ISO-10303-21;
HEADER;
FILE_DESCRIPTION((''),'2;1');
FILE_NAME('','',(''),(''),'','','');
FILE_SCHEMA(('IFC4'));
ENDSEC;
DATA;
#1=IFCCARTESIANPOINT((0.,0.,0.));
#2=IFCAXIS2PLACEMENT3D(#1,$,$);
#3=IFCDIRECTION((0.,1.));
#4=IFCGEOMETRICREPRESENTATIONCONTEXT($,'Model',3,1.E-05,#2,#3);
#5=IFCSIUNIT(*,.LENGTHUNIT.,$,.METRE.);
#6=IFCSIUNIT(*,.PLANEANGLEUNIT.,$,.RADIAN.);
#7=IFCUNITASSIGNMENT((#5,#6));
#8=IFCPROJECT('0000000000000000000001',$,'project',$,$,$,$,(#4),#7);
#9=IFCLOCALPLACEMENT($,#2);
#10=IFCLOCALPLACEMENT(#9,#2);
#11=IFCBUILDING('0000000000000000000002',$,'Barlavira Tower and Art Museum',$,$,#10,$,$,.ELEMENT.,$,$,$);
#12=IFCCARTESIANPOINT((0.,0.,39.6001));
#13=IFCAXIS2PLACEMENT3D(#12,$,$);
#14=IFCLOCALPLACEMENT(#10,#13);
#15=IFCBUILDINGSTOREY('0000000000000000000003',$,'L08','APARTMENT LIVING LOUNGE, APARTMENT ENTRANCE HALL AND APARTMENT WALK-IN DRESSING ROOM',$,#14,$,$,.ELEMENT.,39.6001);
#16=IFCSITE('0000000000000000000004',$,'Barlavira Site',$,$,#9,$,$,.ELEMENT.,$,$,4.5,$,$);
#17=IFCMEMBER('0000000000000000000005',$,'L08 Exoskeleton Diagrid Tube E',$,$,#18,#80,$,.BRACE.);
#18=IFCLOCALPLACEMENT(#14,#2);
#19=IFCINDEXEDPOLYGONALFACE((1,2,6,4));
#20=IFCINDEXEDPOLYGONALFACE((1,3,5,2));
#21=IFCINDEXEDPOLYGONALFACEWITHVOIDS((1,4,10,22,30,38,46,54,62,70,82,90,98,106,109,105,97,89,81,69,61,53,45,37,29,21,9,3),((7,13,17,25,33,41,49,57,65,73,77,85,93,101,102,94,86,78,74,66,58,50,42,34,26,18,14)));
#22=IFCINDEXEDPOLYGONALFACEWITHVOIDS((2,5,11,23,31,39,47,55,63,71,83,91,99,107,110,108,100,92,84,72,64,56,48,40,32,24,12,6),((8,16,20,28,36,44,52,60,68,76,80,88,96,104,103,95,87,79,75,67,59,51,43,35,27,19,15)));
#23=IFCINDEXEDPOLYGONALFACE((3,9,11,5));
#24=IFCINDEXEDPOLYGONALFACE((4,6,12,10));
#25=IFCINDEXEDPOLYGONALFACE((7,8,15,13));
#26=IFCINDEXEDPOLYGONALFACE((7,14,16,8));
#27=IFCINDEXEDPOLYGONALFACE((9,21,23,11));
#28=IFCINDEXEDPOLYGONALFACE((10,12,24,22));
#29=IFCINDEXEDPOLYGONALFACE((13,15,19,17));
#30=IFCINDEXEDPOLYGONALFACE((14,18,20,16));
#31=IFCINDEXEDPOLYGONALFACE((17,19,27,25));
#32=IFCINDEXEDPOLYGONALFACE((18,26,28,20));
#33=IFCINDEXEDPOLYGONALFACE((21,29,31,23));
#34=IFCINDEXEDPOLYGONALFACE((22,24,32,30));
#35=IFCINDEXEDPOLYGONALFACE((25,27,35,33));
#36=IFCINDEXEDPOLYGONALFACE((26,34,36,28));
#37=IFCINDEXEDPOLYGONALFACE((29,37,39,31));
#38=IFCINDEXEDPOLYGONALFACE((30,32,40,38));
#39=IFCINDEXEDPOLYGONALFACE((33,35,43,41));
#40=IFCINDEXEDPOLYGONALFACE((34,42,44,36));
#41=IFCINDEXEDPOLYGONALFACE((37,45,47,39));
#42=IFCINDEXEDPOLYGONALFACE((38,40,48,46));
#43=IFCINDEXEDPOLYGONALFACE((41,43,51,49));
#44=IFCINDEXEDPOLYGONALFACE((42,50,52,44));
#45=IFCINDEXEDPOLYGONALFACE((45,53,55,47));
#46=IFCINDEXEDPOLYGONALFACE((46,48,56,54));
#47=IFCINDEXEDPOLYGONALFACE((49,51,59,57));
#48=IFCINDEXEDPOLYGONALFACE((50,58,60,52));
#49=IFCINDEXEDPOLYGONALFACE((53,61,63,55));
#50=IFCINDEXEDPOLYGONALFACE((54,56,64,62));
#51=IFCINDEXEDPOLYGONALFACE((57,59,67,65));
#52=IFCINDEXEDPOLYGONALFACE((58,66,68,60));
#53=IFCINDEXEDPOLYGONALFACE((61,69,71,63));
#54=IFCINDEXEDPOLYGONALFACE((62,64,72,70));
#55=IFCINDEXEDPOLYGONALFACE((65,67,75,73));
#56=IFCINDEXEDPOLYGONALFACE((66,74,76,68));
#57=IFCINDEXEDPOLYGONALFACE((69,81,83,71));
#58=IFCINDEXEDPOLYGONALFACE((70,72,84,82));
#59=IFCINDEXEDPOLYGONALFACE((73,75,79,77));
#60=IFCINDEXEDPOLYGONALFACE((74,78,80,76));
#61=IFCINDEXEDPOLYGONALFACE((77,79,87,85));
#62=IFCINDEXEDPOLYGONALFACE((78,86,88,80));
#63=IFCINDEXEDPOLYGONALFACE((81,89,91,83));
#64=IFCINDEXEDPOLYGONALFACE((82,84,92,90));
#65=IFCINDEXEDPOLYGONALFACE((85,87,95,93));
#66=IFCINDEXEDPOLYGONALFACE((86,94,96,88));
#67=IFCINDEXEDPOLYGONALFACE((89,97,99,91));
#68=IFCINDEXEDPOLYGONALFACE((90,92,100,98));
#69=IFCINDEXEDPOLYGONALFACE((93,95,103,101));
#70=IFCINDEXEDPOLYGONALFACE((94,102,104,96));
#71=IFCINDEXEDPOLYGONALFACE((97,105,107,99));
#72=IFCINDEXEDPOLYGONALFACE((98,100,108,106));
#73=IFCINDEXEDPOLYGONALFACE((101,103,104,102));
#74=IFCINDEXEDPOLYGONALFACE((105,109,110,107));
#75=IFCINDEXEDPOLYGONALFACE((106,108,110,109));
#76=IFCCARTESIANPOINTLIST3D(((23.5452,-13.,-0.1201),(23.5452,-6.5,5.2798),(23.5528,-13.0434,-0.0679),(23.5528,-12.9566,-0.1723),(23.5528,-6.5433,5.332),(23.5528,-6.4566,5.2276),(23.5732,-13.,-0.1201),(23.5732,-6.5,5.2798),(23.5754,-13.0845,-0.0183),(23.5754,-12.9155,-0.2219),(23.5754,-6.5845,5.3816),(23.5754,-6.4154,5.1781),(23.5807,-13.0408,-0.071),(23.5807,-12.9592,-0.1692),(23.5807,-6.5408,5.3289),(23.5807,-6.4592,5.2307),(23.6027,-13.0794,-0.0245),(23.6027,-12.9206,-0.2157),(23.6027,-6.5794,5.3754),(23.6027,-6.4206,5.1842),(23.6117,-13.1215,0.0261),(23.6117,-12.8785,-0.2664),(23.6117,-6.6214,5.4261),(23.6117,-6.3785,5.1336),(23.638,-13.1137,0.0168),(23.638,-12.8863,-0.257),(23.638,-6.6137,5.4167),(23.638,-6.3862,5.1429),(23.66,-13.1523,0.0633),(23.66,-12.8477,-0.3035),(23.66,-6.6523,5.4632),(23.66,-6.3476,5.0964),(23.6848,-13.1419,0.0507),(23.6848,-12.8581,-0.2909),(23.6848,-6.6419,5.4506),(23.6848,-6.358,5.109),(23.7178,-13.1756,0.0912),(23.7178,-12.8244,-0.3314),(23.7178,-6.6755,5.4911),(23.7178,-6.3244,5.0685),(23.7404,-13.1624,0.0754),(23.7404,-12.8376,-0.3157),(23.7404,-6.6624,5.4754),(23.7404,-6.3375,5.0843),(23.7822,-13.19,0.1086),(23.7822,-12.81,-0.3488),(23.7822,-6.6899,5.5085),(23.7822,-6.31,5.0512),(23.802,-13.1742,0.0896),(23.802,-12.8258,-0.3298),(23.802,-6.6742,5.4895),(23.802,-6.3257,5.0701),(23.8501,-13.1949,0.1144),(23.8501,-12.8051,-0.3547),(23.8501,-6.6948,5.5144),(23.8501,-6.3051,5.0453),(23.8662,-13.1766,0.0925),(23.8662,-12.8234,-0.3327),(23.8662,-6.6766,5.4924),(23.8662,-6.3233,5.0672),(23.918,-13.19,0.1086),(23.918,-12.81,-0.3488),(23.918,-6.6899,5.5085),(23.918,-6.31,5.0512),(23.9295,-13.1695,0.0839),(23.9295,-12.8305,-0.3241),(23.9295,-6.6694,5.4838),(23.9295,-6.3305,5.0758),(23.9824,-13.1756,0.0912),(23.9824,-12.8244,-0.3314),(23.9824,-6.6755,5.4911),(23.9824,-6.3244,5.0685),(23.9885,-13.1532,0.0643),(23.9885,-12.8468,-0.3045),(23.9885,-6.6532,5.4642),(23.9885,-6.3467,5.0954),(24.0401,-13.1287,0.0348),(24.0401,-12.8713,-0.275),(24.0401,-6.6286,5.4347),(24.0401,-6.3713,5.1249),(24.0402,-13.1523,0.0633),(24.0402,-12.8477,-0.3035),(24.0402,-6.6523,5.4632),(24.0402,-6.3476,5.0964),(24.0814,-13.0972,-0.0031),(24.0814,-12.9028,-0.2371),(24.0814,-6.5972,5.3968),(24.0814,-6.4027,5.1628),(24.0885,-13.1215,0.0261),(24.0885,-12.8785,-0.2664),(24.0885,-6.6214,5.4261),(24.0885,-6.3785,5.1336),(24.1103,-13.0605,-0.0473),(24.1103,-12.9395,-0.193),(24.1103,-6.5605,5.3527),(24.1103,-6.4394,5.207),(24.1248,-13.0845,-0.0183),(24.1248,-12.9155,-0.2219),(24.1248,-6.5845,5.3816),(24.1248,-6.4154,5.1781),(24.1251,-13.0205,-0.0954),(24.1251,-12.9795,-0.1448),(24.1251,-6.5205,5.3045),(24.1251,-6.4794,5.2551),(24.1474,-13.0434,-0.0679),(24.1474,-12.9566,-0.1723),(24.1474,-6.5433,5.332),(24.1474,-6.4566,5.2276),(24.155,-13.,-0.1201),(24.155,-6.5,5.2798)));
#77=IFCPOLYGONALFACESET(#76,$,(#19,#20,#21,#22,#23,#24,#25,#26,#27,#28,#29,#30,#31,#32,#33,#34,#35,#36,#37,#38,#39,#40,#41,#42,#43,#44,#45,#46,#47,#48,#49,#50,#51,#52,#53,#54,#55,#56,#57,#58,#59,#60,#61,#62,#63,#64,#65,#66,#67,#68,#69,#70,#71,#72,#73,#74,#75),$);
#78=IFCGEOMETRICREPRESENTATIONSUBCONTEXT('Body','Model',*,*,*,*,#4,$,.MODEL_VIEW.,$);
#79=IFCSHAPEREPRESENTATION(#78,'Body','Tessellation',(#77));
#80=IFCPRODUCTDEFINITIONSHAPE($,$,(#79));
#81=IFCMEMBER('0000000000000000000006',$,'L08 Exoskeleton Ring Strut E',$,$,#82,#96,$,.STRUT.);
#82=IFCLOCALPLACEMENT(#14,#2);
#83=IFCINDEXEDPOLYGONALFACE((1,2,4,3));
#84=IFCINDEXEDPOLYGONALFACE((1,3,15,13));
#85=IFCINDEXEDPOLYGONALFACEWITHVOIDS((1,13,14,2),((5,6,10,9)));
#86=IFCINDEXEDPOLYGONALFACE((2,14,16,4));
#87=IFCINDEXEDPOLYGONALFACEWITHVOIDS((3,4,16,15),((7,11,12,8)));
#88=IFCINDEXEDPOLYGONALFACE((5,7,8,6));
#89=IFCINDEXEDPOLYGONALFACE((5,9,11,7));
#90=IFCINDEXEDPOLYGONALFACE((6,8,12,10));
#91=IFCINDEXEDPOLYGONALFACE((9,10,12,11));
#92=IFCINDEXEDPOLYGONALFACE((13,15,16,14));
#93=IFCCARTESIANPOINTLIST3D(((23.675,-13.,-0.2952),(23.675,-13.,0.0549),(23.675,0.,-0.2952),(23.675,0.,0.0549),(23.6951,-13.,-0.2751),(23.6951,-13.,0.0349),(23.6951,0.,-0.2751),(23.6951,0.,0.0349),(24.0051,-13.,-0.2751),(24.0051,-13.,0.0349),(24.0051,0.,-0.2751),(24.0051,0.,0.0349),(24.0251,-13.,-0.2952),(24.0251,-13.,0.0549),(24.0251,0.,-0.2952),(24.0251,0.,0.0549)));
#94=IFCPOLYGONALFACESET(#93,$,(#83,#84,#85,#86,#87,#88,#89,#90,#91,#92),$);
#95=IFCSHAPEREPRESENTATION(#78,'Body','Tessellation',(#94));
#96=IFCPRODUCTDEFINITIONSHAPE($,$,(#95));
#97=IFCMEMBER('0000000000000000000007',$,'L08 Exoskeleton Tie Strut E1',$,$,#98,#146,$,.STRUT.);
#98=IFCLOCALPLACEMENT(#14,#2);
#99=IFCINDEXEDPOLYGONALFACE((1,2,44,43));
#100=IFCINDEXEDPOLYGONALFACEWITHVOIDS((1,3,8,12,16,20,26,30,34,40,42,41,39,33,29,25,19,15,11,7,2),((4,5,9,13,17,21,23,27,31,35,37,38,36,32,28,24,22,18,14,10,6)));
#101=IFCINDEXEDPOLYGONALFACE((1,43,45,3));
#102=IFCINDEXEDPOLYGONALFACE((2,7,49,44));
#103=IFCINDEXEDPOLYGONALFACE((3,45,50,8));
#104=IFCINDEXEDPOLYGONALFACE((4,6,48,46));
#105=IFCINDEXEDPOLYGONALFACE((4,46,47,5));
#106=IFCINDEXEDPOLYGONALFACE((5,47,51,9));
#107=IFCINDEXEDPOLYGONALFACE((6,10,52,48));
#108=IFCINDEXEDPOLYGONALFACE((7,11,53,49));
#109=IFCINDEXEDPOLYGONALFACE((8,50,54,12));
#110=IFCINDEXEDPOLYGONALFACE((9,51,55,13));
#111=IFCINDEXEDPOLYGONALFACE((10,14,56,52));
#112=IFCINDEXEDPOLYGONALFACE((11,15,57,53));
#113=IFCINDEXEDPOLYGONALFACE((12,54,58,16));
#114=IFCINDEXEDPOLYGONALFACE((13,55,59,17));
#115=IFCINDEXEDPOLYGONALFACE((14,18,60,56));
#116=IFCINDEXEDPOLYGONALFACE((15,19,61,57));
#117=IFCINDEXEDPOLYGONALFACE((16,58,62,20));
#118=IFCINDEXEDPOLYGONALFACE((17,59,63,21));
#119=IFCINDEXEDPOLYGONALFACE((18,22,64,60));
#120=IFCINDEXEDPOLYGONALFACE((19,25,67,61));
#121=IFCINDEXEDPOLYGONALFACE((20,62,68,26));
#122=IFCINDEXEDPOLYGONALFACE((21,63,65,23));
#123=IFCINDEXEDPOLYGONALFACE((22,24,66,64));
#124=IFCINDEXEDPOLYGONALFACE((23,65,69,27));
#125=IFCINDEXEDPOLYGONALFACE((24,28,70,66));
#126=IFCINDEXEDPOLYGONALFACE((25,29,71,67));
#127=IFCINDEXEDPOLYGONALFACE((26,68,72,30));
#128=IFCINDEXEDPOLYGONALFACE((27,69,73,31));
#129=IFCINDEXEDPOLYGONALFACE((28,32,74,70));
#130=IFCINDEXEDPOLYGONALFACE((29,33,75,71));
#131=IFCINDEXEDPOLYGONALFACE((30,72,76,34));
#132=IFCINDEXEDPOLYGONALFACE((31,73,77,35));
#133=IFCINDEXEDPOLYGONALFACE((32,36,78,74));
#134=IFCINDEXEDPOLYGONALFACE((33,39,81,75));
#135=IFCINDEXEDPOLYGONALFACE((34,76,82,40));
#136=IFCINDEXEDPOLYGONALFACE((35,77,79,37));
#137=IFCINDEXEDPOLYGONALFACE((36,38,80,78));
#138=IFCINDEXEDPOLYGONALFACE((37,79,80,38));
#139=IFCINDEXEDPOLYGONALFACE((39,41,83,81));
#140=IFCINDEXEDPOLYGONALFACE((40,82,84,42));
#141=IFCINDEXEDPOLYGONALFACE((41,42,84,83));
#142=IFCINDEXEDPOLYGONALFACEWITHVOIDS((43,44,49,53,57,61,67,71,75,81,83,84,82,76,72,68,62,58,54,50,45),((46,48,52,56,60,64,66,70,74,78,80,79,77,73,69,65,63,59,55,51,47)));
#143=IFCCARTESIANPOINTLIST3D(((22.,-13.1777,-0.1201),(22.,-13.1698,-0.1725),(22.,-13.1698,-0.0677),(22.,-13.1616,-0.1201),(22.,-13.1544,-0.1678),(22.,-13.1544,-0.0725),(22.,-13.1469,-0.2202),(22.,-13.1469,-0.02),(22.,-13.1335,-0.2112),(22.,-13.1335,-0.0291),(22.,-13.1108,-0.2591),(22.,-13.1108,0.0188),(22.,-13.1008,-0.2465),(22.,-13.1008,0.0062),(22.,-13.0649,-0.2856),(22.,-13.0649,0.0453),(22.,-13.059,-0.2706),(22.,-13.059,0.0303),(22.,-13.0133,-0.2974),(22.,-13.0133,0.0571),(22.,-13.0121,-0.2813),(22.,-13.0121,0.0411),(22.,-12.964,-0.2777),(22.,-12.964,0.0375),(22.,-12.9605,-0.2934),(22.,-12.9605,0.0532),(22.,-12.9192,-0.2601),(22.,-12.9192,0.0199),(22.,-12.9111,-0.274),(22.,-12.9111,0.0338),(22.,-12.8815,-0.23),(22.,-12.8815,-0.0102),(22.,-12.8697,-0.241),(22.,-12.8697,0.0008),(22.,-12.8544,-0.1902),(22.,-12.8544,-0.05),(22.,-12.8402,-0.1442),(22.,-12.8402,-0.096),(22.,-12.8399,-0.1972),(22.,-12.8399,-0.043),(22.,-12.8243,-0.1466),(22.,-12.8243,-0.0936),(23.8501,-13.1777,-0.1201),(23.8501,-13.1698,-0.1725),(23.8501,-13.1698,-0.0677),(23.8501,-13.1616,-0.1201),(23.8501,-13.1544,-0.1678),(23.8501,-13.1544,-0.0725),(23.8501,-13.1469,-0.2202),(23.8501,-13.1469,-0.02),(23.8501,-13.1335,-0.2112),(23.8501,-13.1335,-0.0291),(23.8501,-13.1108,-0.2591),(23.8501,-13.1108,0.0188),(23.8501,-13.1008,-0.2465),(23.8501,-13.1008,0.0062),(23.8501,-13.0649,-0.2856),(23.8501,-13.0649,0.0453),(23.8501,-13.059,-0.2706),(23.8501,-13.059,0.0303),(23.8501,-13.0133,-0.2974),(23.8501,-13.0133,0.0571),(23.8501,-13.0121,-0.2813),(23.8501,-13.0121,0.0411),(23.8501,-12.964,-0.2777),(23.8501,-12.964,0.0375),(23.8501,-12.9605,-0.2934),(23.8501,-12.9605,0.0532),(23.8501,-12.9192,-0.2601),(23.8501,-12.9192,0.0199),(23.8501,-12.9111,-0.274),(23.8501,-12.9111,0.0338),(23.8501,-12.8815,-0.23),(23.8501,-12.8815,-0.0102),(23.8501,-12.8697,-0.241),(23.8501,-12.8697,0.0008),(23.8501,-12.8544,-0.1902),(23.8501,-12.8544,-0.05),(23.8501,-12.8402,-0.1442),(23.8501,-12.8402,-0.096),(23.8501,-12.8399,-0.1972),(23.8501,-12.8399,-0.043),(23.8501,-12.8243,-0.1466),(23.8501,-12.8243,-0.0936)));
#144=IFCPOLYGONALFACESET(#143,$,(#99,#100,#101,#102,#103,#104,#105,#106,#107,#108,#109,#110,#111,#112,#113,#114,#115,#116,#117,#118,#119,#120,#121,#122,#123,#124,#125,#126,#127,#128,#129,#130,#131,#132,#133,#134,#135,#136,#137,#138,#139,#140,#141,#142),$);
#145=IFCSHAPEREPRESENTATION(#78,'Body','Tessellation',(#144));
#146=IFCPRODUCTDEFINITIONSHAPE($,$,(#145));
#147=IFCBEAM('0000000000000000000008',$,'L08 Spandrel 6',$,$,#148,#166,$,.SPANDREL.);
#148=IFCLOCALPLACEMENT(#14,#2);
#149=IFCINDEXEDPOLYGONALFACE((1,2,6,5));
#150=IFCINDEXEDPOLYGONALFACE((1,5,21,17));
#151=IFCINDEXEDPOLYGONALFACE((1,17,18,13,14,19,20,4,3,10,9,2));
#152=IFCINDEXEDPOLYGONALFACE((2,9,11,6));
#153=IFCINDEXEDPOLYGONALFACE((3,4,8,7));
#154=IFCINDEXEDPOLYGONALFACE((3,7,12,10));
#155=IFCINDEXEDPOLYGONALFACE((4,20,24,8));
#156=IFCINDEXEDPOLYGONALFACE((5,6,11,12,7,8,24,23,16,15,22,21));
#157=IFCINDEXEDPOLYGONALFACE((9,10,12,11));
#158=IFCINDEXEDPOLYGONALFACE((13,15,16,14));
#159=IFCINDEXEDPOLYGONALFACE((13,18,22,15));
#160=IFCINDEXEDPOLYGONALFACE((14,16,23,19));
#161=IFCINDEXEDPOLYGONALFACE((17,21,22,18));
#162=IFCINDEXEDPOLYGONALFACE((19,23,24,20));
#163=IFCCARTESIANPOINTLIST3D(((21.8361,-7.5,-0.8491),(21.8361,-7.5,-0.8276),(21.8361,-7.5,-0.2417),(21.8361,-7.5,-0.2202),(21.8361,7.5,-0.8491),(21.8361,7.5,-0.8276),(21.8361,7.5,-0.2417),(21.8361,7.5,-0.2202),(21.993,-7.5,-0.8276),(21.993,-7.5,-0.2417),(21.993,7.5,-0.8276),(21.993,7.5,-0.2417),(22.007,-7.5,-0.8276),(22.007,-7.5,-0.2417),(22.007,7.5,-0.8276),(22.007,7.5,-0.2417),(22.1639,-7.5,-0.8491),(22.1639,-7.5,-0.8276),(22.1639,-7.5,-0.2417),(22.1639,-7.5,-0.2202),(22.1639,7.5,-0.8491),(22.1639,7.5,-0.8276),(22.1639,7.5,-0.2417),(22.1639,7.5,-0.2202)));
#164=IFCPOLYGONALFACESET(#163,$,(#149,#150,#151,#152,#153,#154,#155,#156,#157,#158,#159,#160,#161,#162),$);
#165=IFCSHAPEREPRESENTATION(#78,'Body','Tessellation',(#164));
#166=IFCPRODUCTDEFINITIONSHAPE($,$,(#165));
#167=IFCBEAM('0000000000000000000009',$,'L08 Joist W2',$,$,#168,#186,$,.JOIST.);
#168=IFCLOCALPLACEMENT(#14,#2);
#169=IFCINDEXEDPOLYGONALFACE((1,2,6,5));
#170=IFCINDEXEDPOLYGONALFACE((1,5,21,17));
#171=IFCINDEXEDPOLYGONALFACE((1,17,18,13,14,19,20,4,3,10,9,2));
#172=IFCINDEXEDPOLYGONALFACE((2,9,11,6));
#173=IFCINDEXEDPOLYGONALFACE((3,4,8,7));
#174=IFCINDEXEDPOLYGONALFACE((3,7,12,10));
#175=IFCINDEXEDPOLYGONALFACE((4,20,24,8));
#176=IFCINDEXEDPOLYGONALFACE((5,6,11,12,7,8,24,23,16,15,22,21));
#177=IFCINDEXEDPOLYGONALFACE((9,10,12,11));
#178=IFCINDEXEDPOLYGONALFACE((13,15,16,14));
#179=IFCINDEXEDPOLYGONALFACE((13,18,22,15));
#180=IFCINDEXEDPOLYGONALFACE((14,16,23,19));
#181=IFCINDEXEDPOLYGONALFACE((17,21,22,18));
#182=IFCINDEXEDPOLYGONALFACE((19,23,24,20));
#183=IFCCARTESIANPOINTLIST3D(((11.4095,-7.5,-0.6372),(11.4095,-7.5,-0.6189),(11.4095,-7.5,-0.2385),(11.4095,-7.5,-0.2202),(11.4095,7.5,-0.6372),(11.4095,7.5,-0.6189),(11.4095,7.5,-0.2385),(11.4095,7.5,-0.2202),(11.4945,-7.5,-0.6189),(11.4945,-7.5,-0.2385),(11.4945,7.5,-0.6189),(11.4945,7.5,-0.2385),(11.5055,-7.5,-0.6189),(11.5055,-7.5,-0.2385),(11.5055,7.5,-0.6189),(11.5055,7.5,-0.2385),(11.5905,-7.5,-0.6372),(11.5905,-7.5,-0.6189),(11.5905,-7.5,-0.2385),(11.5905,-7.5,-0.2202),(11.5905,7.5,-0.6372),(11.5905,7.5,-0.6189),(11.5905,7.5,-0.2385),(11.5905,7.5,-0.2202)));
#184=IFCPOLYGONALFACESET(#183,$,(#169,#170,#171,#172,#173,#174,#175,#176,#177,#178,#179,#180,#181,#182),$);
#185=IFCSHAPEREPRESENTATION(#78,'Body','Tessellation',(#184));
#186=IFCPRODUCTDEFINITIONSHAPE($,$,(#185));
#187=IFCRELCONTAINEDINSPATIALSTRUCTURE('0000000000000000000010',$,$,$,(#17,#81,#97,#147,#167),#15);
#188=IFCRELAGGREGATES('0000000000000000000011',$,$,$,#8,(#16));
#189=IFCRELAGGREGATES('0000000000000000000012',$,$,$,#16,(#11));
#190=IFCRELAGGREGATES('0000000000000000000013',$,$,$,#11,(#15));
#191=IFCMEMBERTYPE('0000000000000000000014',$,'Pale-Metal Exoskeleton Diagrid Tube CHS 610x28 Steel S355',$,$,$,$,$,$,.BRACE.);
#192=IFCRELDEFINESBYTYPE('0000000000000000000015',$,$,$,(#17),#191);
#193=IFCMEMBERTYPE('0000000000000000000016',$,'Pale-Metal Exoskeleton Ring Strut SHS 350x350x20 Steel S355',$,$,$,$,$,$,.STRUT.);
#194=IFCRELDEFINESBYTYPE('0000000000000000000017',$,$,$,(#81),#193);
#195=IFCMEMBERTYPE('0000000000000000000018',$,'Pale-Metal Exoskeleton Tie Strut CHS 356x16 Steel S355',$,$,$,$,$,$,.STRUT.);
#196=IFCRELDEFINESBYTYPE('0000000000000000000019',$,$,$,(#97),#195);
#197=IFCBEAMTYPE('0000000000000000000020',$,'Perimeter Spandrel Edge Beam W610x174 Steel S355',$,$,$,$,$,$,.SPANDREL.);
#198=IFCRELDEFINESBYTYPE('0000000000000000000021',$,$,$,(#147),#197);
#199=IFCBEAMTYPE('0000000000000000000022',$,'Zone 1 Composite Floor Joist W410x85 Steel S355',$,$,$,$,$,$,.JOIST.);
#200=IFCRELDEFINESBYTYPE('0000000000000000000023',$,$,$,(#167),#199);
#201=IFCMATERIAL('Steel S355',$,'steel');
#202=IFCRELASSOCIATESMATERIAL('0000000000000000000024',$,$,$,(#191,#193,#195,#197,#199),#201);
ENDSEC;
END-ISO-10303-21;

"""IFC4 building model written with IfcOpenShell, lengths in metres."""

from ifc_helpers import new_model, si_unit, direction, frame, origin, origin_2d, place, context, subcontext, project, spatial, hollow_rectangle, hollow_circle, i_section, extrude, material, material_profile, profile_set, type_object, element, save


model = new_model("IFC4")

# Units and contexts
model_context = context("Model", 3, precision=1e-05, world=origin(), true_north=direction((0.0, 1.0)))
body_context = subcontext(model_context, "Body", "Model", "MODEL_VIEW")
ifc_project = project(units=[si_unit("LENGTHUNIT", "METRE"), si_unit("PLANEANGLEUNIT", "RADIAN")], contexts=[model_context])

# Site, building, storey
site_placement = place(None, origin())
site = spatial("IfcSite", under=ifc_project, at=site_placement, Name="Barlavira Site", CompositionType="ELEMENT", RefElevation=4.5)
building_placement = place(site_placement, origin())
building = spatial("IfcBuilding", under=site, at=building_placement, Name="Barlavira Tower and Art Museum", CompositionType="ELEMENT")
storey_placement = place(building_placement, frame((0.0, 0.0, 39.6001)))
storey = spatial("IfcBuildingStorey", under=building, at=storey_placement, Name="L08", Description="APARTMENT LIVING LOUNGE, APARTMENT ENTRANCE HALL AND APARTMENT WALK-IN DRESSING ROOM", CompositionType="ELEMENT", Elevation=39.6001)

# Members
ifc_material_1 = material(Name="Steel S355", Category="steel")
ifc_material_profile_1 = material_profile(ifc_material_1, hollow_circle(Radius=0.3049, WallThickness=0.0281, at=origin_2d()), Name="CHS 610.0x28.0")
ifc_profile_set_1 = profile_set([ifc_material_profile_1], Name="Steel S355")
member_type_1 = type_object("IfcMemberType", Name="Pale-Metal Exoskeleton Diagrid Tube CHS 610x28 Steel S355", PredefinedType="BRACE", material=ifc_profile_set_1)
member_1_placement = place(storey_placement, frame((23.8501, -13.0, -0.1201), z_axis=(0.0, 0.769196, 0.639013), x_axis=(-1.0, 0.0, 0.0)))
element("IfcMember", 1, at=member_1_placement, inside=storey, type_object=member_type_1, Name="L08 Exoskeleton Diagrid Tube E", PredefinedType="BRACE", context=body_context, shape_type="SweptSolid", body=[
    extrude(hollow_circle(Radius=0.3049, WallThickness=0.0281, at=origin_2d()), origin(), (0.0, 0.0, 1.0), 8.4504),
])
ifc_material_profile_2 = material_profile(ifc_material_1, hollow_rectangle(XDim=0.3501, YDim=0.3501, WallThickness=0.02, at=origin_2d()), Name="SHS 350x350x20.0")
ifc_profile_set_2 = profile_set([ifc_material_profile_2], Name="Steel S355")
member_type_2 = type_object("IfcMemberType", Name="Pale-Metal Exoskeleton Ring Strut SHS 350x350x20 Steel S355", PredefinedType="STRUT", material=ifc_profile_set_2)
member_2_placement = place(storey_placement, frame((23.8501, -13.0, -0.1201), z_axis=(0.0, 1.0, 0.0), x_axis=(-1.0, 0.0, 0.0)))
element("IfcMember", 2, at=member_2_placement, inside=storey, type_object=member_type_2, Name="L08 Exoskeleton Ring Strut E", PredefinedType="STRUT", context=body_context, shape_type="SweptSolid", body=[
    extrude(hollow_rectangle(XDim=0.3501, YDim=0.3501, WallThickness=0.02, at=origin_2d()), origin(), (0.0, 0.0, 1.0), 13.0),
])
ifc_material_profile_3 = material_profile(ifc_material_1, hollow_circle(Radius=0.1777, WallThickness=0.0161, at=origin_2d()), Name="CHS 355.6x16.0")
ifc_profile_set_3 = profile_set([ifc_material_profile_3], Name="Steel S355")
member_type_3 = type_object("IfcMemberType", Name="Pale-Metal Exoskeleton Tie Strut CHS 356x16 Steel S355", PredefinedType="STRUT", material=ifc_profile_set_3)
member_3_placement = place(storey_placement, frame((23.8501, -13.0, -0.1201), z_axis=(-1.0, 0.0, 0.0), x_axis=(0.0, -1.0, 0.0)))
element("IfcMember", 3, at=member_3_placement, inside=storey, type_object=member_type_3, Name="L08 Exoskeleton Tie Strut E1", PredefinedType="STRUT", context=body_context, shape_type="SweptSolid", body=[
    extrude(hollow_circle(Radius=0.1777, WallThickness=0.0161, at=origin_2d()), origin(), (0.0, 0.0, 1.0), 1.8501),
])

# Beams
ifc_material_profile_4 = material_profile(ifc_material_1, i_section(OverallWidth=0.3279, OverallDepth=0.6289, WebThickness=0.0139, FlangeThickness=0.0215, at=origin_2d()), Name="W610x174.0")
ifc_profile_set_4 = profile_set([ifc_material_profile_4], Name="Steel S355")
beam_type_1 = type_object("IfcBeamType", Name="Perimeter Spandrel Edge Beam W610x174 Steel S355", PredefinedType="SPANDREL", material=ifc_profile_set_4)
beam_1_placement = place(storey_placement, frame((22.0, -7.5, -0.5347), z_axis=(0.0, 1.0, 0.0), x_axis=(-1.0, 0.0, 0.0)))
element("IfcBeam", 4, at=beam_1_placement, inside=storey, type_object=beam_type_1, Name="L08 Spandrel 6", PredefinedType="SPANDREL", context=body_context, shape_type="SweptSolid", body=[
    extrude(i_section(OverallWidth=0.3279, OverallDepth=0.6289, WebThickness=0.0139, FlangeThickness=0.0215, at=origin_2d()), origin(), (0.0, 0.0, 1.0), 15.0),
])
ifc_material_profile_5 = material_profile(ifc_material_1, i_section(OverallWidth=0.1809, OverallDepth=0.417, WebThickness=0.011, FlangeThickness=0.0183, at=origin_2d()), Name="W410x85.0")
ifc_profile_set_5 = profile_set([ifc_material_profile_5], Name="Steel S355")
beam_type_2 = type_object("IfcBeamType", Name="Zone 1 Composite Floor Joist W410x85 Steel S355", PredefinedType="JOIST", material=ifc_profile_set_5)
beam_2_placement = place(storey_placement, frame((11.5, -7.5, -0.4287), z_axis=(0.0, 1.0, 0.0), x_axis=(-1.0, 0.0, 0.0)))
element("IfcBeam", 5, at=beam_2_placement, inside=storey, type_object=beam_type_2, Name="L08 Joist W2", PredefinedType="JOIST", context=body_context, shape_type="SweptSolid", body=[
    extrude(i_section(OverallWidth=0.1809, OverallDepth=0.417, WebThickness=0.011, FlangeThickness=0.0183, at=origin_2d()), origin(), (0.0, 0.0, 1.0), 15.0),
])

save(model, "model.ifc")
